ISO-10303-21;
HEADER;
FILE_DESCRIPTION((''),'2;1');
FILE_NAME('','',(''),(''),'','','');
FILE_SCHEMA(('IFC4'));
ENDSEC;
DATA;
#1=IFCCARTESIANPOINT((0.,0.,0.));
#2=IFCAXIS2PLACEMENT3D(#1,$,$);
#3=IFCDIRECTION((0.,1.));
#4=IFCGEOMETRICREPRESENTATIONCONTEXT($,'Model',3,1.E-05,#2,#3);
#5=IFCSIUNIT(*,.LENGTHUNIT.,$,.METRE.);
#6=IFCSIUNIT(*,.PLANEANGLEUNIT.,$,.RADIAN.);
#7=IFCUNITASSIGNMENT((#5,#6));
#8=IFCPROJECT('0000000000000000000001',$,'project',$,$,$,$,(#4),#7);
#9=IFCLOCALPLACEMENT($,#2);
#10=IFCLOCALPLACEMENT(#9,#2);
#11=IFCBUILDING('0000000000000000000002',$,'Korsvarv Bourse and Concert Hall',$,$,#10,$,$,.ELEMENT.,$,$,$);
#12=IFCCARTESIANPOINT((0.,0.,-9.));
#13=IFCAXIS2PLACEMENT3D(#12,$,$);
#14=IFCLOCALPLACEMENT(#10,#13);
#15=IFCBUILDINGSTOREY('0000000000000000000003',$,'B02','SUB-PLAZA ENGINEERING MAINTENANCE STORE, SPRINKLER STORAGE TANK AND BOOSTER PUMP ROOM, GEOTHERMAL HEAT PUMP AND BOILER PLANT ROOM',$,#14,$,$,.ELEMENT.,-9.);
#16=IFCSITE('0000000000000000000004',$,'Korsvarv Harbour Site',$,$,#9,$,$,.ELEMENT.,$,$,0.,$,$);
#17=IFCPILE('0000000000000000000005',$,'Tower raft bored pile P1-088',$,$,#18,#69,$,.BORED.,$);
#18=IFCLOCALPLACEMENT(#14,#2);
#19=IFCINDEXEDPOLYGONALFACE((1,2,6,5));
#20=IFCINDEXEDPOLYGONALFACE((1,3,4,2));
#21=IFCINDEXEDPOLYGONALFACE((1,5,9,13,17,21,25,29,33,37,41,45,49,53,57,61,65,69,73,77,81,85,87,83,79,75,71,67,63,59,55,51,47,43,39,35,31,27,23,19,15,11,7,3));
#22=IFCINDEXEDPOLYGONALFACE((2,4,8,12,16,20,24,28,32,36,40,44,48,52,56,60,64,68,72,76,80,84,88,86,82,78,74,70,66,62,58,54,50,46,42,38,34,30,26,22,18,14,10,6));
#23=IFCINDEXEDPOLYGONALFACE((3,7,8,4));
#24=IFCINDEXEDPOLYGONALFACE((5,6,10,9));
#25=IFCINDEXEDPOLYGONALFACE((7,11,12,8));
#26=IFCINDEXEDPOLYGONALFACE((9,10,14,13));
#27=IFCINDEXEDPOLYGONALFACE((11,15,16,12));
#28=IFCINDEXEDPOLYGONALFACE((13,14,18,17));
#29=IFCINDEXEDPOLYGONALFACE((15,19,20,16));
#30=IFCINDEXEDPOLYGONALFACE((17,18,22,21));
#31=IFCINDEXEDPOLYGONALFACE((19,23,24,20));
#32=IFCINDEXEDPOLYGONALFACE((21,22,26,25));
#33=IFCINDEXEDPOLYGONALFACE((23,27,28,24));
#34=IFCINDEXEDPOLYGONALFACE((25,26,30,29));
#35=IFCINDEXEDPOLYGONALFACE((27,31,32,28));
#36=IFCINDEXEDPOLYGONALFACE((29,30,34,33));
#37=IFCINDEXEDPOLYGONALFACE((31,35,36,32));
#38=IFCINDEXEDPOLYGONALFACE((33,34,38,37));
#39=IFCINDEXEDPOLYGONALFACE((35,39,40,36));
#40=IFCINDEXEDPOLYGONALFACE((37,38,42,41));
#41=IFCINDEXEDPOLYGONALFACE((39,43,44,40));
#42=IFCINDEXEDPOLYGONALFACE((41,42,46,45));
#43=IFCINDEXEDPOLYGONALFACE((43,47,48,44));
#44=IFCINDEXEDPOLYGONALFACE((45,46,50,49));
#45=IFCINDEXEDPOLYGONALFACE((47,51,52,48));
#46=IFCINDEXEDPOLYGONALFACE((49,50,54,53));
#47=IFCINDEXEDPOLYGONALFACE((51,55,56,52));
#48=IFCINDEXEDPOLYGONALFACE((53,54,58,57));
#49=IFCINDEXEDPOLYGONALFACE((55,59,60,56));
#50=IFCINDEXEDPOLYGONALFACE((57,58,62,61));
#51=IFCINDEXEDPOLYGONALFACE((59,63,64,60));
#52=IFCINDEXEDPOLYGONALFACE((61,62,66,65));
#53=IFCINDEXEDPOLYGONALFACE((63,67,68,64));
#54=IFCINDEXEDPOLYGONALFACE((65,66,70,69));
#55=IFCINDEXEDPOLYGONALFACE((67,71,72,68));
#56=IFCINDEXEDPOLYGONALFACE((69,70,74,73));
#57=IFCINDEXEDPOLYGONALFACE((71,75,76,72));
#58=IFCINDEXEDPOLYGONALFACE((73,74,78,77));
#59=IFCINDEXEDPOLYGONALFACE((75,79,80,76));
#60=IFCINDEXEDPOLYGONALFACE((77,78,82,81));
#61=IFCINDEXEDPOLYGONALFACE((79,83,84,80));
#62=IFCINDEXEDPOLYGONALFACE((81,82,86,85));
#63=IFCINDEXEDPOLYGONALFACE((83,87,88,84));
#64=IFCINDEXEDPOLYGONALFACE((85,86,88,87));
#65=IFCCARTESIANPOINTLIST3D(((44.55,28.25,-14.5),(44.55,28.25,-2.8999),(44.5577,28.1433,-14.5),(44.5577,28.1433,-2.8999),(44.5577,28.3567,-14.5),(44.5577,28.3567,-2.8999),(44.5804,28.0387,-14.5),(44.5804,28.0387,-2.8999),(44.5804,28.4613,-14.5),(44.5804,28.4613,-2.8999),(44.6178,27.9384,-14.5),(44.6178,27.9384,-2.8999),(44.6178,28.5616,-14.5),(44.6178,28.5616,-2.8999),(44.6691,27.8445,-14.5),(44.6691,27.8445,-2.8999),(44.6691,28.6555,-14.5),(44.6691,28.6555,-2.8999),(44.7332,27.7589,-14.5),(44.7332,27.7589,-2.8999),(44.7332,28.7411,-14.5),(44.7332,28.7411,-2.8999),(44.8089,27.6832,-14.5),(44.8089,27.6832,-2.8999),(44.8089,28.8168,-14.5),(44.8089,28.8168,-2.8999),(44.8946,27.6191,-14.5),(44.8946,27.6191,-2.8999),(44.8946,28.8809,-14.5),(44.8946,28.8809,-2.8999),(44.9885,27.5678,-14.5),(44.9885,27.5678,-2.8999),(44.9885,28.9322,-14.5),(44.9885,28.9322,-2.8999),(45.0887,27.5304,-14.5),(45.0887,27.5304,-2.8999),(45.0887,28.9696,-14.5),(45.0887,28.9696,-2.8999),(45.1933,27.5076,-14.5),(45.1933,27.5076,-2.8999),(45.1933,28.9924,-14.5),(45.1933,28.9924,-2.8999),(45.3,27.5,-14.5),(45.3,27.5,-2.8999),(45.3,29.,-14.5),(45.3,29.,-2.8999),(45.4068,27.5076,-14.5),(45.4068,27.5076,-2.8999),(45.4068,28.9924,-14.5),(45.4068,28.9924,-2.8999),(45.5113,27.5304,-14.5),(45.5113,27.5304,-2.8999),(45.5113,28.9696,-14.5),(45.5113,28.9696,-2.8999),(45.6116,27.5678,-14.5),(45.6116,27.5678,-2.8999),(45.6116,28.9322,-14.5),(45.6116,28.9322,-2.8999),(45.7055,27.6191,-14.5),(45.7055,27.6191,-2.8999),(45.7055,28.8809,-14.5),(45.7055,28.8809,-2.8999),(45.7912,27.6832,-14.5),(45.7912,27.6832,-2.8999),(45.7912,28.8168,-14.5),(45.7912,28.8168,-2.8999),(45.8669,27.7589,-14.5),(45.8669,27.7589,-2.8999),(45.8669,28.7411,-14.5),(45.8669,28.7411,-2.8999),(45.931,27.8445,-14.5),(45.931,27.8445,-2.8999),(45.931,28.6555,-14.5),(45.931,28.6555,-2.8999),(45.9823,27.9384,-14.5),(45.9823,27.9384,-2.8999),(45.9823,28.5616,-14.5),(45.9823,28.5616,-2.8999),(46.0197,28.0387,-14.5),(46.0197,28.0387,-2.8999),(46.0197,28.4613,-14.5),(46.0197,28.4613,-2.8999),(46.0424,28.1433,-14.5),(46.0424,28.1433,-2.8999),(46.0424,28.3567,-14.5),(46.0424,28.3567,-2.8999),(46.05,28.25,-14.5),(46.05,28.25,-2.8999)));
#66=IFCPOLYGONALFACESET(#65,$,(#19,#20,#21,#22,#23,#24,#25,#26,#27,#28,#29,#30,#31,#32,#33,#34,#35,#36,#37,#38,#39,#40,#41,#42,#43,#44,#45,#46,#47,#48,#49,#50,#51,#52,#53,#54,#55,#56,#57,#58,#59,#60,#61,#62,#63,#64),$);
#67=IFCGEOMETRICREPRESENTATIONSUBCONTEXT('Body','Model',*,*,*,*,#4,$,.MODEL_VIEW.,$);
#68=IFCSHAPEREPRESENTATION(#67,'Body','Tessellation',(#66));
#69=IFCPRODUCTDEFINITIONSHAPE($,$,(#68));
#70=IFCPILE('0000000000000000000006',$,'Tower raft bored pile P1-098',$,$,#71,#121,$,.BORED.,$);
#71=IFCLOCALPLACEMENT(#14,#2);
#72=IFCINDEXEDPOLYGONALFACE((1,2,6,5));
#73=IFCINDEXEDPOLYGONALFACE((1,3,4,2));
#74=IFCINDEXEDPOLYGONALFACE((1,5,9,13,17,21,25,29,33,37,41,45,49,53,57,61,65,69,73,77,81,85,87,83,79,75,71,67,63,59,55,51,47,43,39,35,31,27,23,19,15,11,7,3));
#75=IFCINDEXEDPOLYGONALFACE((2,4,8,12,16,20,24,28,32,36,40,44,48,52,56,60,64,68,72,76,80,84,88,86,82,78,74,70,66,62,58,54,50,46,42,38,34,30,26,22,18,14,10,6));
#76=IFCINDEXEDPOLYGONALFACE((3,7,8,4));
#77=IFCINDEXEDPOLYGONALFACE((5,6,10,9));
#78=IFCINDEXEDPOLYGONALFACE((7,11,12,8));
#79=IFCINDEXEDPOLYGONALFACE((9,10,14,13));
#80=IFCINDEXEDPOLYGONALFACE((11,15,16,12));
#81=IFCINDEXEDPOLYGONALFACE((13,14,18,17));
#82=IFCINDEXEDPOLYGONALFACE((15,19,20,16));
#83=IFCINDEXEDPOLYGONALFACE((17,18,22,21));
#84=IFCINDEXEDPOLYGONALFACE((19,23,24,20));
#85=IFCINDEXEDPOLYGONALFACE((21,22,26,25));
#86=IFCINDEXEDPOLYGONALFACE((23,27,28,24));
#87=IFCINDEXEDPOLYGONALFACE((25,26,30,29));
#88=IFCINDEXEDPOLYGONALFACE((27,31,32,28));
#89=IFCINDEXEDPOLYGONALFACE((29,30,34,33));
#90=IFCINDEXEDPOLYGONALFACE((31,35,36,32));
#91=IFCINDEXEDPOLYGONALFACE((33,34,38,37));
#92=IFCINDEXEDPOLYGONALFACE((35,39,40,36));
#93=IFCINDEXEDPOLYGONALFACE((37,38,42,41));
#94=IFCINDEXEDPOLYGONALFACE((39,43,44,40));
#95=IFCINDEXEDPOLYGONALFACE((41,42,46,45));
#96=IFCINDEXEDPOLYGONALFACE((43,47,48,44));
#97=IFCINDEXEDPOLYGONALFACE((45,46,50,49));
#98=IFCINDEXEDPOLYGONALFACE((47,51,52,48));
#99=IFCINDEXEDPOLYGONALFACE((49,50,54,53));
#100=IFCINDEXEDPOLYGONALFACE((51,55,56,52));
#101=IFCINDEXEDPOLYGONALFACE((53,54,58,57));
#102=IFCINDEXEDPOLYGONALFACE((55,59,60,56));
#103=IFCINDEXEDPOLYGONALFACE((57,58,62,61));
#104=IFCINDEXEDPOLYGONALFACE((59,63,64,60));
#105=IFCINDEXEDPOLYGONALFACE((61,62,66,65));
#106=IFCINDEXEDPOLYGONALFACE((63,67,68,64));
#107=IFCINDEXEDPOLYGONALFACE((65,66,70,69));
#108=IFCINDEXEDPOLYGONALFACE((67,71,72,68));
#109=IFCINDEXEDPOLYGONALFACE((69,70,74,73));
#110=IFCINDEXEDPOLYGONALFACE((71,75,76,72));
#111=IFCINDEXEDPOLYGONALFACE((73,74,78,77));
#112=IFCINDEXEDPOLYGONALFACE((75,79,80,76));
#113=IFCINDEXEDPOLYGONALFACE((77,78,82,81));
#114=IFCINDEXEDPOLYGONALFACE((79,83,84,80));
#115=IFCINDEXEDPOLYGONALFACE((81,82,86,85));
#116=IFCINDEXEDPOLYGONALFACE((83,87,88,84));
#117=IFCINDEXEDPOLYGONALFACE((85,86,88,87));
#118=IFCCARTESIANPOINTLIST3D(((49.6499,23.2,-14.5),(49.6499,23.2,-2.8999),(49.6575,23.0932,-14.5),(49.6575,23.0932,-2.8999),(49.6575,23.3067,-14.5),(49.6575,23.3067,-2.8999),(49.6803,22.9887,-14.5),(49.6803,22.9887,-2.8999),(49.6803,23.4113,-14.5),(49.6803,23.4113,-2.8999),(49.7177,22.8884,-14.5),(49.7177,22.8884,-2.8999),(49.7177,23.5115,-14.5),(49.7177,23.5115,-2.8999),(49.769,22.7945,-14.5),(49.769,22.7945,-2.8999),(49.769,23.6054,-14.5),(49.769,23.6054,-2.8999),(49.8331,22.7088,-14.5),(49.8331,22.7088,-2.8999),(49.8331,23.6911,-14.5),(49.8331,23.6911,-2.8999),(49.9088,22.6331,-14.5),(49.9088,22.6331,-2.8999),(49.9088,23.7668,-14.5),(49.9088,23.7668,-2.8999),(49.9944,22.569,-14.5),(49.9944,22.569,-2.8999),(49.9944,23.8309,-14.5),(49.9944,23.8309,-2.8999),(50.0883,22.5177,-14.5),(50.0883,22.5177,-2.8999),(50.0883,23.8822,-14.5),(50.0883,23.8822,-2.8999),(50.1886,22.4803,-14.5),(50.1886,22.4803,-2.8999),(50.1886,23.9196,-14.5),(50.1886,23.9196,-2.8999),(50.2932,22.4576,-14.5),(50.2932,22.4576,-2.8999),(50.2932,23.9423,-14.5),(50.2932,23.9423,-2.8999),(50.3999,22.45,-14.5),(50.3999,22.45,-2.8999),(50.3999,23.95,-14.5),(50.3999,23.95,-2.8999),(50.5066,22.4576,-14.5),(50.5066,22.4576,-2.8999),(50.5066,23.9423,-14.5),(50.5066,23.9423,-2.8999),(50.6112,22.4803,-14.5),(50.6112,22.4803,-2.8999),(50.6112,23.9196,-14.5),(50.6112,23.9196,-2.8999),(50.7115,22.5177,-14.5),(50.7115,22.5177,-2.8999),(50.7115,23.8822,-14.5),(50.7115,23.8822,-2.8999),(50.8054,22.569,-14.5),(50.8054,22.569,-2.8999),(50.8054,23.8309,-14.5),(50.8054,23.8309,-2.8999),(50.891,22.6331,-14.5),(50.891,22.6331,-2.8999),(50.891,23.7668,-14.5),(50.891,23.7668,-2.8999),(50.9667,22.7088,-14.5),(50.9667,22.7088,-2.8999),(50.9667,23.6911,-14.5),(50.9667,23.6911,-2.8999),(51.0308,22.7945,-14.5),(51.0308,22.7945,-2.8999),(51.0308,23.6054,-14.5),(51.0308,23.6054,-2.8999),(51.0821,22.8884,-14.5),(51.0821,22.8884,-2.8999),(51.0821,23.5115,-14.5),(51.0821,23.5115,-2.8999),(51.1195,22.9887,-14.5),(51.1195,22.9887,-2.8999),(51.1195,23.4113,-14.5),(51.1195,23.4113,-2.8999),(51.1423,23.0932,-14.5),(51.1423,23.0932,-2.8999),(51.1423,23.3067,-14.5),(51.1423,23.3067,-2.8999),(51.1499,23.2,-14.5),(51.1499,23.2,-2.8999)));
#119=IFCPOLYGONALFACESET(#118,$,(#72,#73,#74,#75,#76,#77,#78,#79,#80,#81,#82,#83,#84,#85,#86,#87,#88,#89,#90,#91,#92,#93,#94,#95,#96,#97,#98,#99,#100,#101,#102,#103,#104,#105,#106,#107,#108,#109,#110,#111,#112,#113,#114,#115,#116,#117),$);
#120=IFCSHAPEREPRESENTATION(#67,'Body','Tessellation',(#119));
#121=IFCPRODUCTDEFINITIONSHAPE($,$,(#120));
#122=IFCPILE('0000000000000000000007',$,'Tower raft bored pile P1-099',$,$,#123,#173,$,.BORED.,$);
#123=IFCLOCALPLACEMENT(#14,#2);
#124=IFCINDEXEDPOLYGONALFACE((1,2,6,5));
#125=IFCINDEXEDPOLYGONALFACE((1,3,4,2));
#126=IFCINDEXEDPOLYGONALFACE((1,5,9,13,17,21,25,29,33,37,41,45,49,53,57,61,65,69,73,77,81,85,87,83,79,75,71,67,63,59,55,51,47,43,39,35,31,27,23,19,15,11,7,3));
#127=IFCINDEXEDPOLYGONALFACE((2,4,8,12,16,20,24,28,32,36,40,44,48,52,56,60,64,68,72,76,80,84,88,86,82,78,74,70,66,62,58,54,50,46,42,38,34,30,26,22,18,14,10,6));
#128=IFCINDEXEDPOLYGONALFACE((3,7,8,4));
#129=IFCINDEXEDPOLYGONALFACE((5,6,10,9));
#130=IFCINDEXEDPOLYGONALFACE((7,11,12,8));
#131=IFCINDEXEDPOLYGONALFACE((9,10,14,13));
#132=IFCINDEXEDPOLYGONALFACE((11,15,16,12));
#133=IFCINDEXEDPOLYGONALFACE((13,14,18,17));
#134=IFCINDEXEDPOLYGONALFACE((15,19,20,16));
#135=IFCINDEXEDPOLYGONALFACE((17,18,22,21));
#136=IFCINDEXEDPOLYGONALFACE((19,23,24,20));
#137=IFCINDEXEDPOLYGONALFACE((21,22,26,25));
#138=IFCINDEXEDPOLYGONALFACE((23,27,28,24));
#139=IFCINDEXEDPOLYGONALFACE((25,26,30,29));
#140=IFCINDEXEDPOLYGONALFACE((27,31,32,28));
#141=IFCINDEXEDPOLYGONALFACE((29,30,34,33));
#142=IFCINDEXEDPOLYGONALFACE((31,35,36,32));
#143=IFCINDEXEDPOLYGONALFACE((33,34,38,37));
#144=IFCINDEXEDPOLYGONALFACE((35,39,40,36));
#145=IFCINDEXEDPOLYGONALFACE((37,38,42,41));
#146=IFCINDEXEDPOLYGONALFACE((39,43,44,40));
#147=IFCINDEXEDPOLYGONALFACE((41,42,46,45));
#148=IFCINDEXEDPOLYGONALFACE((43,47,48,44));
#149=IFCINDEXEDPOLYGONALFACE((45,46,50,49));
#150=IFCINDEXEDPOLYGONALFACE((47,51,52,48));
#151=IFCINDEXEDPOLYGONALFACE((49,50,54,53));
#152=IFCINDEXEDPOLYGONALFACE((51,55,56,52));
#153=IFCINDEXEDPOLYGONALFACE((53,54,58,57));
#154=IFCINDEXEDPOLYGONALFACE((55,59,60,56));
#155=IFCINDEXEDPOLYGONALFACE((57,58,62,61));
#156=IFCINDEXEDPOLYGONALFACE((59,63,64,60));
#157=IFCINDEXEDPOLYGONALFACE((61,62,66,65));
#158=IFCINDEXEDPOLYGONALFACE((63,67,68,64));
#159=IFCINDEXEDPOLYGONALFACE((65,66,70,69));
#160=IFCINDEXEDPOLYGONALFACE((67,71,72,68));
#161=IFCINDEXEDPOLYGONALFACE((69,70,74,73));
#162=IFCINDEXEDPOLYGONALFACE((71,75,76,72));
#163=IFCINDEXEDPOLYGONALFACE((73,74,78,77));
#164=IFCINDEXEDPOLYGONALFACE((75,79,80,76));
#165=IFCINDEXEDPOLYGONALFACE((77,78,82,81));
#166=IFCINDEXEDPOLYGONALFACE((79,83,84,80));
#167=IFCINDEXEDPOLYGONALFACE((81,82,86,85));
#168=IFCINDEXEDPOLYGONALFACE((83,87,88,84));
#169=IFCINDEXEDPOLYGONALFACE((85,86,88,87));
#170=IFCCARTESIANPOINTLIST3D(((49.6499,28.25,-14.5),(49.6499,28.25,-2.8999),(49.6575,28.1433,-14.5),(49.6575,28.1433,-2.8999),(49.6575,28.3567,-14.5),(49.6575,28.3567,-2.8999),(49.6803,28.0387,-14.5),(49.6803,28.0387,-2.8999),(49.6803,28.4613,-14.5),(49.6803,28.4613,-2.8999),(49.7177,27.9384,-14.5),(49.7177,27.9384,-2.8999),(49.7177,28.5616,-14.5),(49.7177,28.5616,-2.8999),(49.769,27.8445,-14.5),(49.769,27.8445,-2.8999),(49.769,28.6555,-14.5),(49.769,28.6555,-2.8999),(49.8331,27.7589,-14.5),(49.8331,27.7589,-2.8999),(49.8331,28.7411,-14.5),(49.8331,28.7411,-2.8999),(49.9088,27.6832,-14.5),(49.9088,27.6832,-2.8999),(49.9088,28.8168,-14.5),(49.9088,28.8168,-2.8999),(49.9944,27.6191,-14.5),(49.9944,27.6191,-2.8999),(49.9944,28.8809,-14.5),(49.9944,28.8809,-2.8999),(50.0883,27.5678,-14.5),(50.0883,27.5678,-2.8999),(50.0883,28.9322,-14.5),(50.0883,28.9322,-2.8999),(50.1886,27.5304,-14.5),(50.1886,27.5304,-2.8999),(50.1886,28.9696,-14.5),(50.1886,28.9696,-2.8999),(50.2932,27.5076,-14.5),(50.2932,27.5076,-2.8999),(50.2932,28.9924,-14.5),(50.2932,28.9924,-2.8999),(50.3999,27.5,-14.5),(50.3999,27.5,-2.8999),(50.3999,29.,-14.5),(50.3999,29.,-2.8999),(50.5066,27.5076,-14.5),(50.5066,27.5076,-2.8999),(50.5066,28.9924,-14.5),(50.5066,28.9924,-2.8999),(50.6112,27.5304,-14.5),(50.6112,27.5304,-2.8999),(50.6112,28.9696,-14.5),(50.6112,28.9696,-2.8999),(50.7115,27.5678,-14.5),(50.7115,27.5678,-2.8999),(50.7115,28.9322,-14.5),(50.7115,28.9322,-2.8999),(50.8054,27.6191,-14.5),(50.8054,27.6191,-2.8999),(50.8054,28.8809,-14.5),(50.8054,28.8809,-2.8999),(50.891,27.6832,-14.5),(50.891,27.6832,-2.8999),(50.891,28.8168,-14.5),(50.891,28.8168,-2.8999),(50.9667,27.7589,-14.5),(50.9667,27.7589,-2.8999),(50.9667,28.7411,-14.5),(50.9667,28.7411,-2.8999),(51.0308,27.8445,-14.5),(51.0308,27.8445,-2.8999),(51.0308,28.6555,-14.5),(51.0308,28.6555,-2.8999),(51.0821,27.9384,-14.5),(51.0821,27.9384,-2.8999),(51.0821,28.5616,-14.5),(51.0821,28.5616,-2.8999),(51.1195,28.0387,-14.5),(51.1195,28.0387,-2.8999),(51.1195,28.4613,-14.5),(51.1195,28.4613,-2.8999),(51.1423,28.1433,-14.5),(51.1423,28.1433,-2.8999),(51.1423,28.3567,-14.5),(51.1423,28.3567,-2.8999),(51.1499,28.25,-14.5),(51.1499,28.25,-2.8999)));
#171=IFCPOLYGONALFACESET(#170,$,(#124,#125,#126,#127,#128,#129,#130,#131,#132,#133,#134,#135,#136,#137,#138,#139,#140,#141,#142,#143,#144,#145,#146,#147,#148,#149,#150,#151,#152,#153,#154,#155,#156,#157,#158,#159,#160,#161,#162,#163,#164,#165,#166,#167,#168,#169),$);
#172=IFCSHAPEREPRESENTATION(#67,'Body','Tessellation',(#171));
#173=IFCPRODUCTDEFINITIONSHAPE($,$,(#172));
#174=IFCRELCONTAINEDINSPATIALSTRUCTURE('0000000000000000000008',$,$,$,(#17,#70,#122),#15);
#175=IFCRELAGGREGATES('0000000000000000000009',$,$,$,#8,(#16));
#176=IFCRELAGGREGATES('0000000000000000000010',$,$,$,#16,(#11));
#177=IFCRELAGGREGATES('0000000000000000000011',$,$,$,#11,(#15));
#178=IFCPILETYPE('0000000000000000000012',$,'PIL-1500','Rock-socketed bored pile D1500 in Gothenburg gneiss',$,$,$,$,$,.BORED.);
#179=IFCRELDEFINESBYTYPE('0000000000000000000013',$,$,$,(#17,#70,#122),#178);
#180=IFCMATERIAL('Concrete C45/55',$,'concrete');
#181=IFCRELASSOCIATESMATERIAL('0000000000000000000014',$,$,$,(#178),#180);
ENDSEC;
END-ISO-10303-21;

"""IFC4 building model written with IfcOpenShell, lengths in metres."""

from ifc_helpers import new_model, si_unit, direction, frame, origin, origin_2d, place, context, subcontext, project, spatial, circle, extrude, source, transform, mapped, material, material_profile, profile_set, type_object, element, save


model = new_model("IFC4")

# Units and contexts
model_context = context("Model", 3, precision=1e-05, world=origin(), true_north=direction((0.0, 1.0)))
body_context = subcontext(model_context, "Body", "Model", "MODEL_VIEW")
ifc_project = project(units=[si_unit("LENGTHUNIT", "METRE"), si_unit("PLANEANGLEUNIT", "RADIAN")], contexts=[model_context])

# Site, building, storey
site_placement = place(None, origin())
site = spatial("IfcSite", under=ifc_project, at=site_placement, Name="Korsvarv Harbour Site", CompositionType="ELEMENT", RefElevation=0.0)
building_placement = place(site_placement, origin())
building = spatial("IfcBuilding", under=site, at=building_placement, Name="Korsvarv Bourse and Concert Hall", CompositionType="ELEMENT")
storey_placement = place(building_placement, frame((0.0, 0.0, -9.0)))
storey = spatial("IfcBuildingStorey", under=building, at=storey_placement, Name="B02", Description="SUB-PLAZA ENGINEERING MAINTENANCE STORE, SPRINKLER STORAGE TANK AND BOOSTER PUMP ROOM, GEOTHERMAL HEAT PUMP AND BOILER PLANT ROOM", CompositionType="ELEMENT", Elevation=-9.0)

# Piles
ifc_material_1 = material(Name="Concrete C45/55", Category="concrete")
ifc_material_profile_1 = material_profile(ifc_material_1, circle(Radius=0.75, at=origin_2d()), Name="PILE D1500")
ifc_profile_set_1 = profile_set([ifc_material_profile_1], Name="Concrete C45/55")
pile_type = type_object("IfcPileType", Name="PIL-1500", Description="Rock-socketed bored pile D1500 in Gothenburg gneiss", PredefinedType="BORED", material=ifc_profile_set_1)
shared_shape_1 = source(origin(), body_context, "Body", "SweptSolid", [
    extrude(circle(Radius=0.75, at=origin_2d()), origin(), (0.0, 0.0, 1.0), 11.6001),
])
for number, where, z_axis, x_axis, name in (
    (1, (45.3, 28.25, -2.8999), (0.0, 0.0, -1.0), (1.0, 0.0, 0.0), "Tower raft bored pile P1-088"),
    (2, (50.3999, 23.2, -2.8999), (0.0, 0.0, -1.0), (1.0, 0.0, 0.0), "Tower raft bored pile P1-098"),
    (3, (50.3999, 28.25, -2.8999), (0.0, 0.0, -1.0), (1.0, 0.0, 0.0), "Tower raft bored pile P1-099"),
):
    element("IfcPile", number, at=place(storey_placement, frame(where, z_axis=z_axis, x_axis=x_axis)), inside=storey, type_object=pile_type, Name=name, PredefinedType="BORED", context=body_context, shape_type="MappedRepresentation", body=[
        mapped(shared_shape_1, transform((0.0, 0.0, 0.0), scale=1.0)),
    ])

save(model, "model.ifc")
